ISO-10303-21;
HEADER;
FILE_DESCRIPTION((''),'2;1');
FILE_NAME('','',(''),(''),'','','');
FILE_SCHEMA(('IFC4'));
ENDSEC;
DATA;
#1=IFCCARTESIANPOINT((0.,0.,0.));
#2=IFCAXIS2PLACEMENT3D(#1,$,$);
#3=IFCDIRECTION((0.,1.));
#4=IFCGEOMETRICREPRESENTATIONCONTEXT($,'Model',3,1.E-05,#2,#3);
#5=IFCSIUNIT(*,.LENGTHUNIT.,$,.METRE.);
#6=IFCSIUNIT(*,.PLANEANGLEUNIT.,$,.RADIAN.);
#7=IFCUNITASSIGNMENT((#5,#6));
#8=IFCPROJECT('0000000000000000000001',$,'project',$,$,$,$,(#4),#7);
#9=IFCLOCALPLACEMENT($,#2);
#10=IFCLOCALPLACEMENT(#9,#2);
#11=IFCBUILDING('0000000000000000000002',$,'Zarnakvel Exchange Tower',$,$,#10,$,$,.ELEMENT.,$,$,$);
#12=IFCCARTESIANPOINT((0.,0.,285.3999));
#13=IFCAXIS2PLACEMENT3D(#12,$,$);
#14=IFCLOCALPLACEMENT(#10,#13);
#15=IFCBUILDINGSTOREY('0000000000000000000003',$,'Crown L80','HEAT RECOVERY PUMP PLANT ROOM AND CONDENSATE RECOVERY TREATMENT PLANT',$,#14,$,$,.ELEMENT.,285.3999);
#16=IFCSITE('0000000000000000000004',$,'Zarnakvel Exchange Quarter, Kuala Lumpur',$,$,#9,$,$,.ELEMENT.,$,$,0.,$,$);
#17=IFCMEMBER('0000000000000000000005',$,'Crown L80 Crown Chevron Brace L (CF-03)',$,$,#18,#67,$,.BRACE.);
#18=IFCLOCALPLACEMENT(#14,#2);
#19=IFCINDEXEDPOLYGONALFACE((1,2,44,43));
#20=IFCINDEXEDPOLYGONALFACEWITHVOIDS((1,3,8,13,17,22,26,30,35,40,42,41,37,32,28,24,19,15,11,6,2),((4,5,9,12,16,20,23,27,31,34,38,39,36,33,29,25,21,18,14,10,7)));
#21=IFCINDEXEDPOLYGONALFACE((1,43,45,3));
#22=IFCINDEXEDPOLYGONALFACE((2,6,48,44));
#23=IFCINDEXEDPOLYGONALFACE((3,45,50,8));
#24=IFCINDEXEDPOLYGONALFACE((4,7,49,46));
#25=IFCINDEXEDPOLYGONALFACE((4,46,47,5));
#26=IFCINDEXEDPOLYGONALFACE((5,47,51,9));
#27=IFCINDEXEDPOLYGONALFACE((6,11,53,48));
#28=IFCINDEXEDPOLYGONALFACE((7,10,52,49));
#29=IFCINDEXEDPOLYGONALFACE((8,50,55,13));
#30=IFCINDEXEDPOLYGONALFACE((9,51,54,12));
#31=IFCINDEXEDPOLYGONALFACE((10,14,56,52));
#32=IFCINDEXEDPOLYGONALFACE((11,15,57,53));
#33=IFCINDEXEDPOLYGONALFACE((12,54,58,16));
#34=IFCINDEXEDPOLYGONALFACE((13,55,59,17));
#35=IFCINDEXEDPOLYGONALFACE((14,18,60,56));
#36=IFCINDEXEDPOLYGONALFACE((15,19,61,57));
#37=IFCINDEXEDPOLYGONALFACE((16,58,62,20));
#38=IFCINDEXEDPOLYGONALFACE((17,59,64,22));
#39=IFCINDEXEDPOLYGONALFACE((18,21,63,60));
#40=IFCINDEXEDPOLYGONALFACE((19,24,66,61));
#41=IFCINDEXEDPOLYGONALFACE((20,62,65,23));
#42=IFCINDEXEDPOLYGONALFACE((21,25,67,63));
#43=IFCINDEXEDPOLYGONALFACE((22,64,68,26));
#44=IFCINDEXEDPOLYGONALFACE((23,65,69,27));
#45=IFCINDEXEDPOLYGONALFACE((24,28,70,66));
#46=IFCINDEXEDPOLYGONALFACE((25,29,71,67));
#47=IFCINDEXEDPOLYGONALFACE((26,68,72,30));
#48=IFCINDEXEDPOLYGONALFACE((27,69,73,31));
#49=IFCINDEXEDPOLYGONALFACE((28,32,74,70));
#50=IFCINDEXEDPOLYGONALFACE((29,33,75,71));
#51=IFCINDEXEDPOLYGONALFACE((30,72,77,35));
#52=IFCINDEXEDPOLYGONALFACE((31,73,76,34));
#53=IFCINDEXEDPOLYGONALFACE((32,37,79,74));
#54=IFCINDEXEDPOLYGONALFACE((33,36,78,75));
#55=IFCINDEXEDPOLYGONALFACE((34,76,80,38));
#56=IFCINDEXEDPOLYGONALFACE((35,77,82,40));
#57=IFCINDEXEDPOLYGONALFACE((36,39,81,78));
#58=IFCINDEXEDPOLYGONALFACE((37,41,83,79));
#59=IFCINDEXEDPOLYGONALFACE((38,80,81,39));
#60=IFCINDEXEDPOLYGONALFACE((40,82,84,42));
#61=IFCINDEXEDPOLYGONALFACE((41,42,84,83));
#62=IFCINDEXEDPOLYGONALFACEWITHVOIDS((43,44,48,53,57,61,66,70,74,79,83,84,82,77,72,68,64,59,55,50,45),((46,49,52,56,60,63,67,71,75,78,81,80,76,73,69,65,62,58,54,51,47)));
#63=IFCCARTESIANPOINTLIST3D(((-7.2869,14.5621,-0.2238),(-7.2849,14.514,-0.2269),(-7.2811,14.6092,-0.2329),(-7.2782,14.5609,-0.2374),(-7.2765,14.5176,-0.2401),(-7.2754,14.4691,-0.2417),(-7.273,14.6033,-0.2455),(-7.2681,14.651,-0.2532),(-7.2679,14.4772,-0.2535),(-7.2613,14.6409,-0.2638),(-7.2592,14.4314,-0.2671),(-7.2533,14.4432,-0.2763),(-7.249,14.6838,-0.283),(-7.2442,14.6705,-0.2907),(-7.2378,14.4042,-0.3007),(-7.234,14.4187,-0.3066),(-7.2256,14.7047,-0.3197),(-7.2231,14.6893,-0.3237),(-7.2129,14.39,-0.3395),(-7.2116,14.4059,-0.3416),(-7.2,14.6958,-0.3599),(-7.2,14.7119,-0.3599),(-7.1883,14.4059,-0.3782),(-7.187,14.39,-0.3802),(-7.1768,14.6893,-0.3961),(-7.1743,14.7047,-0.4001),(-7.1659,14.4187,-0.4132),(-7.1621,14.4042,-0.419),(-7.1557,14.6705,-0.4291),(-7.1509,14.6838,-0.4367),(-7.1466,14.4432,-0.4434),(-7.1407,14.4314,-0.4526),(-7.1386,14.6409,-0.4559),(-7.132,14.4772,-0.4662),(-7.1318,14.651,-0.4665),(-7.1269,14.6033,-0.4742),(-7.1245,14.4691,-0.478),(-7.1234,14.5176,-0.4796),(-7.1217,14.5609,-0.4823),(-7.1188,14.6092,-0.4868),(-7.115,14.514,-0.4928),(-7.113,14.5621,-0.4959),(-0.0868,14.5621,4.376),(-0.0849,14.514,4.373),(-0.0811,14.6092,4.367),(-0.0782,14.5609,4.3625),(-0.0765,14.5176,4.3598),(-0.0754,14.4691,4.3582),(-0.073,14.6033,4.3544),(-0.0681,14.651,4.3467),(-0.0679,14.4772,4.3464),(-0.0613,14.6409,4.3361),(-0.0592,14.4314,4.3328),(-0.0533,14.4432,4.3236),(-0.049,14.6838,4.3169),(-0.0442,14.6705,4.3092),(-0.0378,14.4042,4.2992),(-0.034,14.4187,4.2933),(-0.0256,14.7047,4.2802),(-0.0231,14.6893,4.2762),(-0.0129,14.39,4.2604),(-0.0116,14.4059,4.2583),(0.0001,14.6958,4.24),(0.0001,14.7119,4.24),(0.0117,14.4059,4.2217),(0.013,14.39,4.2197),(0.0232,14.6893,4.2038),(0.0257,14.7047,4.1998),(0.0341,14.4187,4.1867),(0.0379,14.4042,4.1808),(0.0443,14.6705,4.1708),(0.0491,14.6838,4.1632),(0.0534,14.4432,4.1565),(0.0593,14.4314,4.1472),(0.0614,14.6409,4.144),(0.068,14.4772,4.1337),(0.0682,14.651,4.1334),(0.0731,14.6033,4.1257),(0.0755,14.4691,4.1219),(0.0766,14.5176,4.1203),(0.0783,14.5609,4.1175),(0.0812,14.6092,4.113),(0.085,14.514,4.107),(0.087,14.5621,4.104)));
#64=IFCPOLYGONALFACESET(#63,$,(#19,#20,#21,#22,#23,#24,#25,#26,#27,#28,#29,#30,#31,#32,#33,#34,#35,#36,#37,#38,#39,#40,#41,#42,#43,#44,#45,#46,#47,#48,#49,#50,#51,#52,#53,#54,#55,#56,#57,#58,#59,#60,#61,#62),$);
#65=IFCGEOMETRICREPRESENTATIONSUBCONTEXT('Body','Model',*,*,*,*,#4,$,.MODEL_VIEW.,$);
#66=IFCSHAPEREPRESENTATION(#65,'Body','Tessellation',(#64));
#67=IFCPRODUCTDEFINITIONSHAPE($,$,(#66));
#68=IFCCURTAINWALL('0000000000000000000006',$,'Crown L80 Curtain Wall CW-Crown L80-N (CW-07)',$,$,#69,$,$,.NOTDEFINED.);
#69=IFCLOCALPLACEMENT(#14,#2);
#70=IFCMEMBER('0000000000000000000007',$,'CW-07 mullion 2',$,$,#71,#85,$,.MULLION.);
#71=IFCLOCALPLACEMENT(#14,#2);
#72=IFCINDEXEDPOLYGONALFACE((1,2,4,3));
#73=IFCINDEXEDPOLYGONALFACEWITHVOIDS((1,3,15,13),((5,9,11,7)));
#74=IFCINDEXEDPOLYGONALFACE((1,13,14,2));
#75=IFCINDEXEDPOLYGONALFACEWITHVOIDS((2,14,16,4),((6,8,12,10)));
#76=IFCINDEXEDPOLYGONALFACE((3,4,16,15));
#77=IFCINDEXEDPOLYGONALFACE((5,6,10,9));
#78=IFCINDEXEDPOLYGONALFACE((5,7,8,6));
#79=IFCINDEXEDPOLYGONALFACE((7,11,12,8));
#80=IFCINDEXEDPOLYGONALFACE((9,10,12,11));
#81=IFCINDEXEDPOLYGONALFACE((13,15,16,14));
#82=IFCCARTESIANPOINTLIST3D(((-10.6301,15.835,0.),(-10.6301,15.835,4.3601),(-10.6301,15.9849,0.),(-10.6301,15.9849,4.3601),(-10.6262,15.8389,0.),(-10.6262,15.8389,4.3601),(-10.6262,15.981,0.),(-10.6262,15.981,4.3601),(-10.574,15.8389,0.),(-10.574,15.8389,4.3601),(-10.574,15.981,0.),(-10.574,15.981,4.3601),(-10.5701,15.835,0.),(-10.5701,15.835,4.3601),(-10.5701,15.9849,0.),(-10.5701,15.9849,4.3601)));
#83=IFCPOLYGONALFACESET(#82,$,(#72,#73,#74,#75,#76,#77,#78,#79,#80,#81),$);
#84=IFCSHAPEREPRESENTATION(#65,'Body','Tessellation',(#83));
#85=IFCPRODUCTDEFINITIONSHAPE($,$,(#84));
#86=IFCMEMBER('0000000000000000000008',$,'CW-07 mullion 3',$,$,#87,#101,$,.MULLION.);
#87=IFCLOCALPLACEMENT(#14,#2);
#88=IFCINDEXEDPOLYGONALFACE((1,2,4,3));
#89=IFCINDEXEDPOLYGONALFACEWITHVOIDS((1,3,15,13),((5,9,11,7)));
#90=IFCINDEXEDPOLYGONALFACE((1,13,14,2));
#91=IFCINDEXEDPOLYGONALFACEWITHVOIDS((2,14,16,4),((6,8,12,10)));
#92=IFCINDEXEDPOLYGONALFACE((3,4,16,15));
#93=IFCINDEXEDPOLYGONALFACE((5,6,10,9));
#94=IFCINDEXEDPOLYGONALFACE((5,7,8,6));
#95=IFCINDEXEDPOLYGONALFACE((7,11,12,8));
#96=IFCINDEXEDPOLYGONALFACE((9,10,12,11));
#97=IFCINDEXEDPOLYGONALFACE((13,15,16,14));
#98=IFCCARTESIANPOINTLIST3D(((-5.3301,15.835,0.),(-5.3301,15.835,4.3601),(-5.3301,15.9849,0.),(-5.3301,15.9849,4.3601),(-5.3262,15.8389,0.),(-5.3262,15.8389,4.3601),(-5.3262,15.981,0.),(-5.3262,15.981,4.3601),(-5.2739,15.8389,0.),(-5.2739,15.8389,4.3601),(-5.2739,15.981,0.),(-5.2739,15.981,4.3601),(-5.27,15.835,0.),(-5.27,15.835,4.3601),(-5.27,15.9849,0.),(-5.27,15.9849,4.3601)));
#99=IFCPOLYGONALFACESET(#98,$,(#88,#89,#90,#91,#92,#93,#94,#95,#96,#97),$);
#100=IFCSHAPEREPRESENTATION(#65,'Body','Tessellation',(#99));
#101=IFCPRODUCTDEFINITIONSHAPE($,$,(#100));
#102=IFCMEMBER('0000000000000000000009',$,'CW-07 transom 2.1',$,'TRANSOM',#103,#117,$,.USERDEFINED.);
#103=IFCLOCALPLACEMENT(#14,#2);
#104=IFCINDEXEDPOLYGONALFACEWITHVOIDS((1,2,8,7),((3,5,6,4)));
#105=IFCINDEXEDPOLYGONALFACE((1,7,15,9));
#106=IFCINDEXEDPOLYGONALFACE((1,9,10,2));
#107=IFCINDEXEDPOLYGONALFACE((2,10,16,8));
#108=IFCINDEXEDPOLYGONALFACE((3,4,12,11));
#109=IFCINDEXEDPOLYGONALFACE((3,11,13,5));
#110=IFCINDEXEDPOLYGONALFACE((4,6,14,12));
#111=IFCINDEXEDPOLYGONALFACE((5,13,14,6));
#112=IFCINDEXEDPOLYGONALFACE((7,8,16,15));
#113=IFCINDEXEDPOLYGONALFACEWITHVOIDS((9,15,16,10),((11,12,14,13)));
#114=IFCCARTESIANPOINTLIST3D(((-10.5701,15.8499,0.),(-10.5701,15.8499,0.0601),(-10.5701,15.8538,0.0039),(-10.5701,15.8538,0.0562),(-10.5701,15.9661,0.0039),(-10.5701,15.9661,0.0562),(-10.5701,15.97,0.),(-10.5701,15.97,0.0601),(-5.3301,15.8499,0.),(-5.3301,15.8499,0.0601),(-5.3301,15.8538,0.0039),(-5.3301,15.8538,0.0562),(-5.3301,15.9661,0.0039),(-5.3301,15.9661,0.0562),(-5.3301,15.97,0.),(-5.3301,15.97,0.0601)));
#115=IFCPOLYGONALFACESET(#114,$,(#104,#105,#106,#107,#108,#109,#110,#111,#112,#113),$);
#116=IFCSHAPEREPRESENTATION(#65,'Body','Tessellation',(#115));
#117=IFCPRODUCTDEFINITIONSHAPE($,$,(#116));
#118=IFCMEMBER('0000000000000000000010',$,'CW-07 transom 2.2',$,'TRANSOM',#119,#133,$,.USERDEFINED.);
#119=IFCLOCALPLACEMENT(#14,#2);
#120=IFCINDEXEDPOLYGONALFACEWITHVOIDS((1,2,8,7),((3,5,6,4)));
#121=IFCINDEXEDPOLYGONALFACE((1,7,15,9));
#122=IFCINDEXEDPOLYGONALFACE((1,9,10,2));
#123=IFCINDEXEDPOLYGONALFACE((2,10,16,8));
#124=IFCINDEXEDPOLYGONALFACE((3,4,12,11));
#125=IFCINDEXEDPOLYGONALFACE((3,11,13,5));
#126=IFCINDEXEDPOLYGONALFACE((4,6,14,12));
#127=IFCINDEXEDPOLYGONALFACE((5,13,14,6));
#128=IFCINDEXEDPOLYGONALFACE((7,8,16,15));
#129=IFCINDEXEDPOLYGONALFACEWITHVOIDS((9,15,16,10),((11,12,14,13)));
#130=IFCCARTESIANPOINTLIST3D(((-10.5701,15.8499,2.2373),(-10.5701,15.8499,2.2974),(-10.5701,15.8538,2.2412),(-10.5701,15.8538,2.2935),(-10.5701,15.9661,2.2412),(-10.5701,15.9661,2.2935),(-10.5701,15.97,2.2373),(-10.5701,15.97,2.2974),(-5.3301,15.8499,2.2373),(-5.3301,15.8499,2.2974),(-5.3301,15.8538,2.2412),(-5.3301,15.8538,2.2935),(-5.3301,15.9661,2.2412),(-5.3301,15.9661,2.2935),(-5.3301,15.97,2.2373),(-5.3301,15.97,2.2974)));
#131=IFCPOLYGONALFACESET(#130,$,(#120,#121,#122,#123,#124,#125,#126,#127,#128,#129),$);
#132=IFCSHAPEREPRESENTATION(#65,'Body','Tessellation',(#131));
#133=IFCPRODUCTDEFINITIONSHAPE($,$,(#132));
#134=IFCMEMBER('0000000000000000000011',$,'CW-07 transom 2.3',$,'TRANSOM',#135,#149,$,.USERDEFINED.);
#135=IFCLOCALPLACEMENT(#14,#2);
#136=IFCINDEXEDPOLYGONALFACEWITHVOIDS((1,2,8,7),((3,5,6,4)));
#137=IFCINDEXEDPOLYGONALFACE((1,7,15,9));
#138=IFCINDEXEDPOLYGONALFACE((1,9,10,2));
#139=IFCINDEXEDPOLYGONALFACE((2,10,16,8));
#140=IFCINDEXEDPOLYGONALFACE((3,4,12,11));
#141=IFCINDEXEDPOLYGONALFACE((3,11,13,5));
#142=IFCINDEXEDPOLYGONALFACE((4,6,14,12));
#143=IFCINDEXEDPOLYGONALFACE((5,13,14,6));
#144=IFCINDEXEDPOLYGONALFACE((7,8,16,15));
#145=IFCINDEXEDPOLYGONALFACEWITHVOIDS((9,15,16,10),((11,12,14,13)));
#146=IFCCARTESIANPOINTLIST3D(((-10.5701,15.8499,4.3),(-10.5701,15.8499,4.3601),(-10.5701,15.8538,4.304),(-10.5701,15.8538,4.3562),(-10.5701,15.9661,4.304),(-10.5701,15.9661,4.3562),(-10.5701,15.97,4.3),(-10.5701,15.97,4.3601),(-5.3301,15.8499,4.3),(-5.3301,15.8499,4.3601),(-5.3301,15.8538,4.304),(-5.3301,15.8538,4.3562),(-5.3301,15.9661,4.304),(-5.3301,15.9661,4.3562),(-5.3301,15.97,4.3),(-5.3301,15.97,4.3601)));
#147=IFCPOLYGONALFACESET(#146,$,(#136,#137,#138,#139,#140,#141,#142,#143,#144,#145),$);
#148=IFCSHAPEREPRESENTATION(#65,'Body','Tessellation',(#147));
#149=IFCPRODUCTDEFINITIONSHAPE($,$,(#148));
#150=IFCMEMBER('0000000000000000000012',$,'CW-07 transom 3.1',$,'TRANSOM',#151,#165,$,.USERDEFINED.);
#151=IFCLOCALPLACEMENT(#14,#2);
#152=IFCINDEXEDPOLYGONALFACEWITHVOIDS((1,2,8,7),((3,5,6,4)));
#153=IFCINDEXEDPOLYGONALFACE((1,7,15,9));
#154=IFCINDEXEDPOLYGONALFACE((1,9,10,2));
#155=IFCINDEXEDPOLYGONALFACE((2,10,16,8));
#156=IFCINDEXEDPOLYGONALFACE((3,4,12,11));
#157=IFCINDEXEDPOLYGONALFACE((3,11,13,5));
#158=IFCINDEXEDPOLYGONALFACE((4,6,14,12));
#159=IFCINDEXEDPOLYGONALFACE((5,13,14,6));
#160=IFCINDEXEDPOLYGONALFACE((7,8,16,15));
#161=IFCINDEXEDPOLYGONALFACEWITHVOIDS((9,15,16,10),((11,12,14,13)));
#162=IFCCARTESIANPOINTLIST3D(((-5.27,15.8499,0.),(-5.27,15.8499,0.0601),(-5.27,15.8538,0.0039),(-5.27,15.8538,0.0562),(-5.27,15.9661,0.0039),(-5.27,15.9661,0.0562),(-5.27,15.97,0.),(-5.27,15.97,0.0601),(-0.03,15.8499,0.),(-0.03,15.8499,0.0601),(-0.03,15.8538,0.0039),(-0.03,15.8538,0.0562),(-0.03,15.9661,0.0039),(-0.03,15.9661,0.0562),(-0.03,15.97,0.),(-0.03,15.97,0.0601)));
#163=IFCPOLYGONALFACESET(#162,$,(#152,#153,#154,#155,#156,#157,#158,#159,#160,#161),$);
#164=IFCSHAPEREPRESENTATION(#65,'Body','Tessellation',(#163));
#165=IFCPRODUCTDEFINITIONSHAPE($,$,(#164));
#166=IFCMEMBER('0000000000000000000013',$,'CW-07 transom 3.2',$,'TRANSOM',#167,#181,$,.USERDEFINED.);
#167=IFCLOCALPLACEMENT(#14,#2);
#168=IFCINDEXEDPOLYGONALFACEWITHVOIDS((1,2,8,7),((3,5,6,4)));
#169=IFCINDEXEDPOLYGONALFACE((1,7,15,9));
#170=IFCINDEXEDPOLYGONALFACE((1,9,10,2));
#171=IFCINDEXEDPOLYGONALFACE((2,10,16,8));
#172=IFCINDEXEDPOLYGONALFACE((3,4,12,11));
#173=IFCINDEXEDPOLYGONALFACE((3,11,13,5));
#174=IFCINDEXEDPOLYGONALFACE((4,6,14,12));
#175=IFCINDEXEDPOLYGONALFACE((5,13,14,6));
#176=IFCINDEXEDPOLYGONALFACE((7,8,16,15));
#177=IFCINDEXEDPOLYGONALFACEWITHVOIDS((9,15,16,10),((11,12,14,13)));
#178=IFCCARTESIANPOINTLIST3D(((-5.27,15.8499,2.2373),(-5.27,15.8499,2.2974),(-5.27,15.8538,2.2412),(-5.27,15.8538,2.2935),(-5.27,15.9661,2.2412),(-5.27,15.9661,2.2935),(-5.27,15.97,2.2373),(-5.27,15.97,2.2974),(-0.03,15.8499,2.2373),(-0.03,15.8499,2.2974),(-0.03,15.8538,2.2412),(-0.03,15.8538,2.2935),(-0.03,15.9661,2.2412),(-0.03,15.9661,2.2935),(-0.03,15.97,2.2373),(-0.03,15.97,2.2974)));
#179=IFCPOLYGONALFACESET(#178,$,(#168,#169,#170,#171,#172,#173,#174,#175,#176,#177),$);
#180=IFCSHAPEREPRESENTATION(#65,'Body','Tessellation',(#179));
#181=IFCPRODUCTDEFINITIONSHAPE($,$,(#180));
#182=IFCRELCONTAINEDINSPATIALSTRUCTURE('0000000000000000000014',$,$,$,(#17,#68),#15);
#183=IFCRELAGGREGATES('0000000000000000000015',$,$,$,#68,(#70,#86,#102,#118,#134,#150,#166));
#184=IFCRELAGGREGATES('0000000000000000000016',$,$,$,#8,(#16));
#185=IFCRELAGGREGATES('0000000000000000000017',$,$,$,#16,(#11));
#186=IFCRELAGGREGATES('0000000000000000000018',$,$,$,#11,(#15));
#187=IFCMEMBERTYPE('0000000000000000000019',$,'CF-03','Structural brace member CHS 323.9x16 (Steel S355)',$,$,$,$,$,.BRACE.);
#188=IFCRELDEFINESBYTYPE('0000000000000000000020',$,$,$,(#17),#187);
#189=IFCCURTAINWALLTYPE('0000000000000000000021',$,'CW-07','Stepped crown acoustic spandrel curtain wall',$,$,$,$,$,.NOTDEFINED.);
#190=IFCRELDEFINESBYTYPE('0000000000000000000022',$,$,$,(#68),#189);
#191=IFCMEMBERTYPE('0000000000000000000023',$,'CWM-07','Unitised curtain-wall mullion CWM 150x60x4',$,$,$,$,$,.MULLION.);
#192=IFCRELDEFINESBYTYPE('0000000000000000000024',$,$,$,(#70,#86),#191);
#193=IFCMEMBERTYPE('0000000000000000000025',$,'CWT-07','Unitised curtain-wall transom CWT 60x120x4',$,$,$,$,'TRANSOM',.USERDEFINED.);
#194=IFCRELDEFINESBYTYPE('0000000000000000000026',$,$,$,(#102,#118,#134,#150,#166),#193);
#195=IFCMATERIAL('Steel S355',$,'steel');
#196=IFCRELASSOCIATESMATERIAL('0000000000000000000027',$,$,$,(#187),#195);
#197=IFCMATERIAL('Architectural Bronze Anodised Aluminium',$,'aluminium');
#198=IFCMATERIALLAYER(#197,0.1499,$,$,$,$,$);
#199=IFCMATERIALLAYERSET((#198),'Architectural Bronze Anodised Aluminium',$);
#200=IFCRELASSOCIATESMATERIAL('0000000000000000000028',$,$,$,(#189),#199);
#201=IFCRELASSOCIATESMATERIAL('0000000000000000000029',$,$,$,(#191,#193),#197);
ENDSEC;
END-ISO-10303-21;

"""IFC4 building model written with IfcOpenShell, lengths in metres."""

from ifc_helpers import new_model, si_unit, direction, frame, origin, origin_2d, place, context, subcontext, project, spatial, hollow_rectangle, hollow_circle, extrude, source, transform, mapped, material, layer, layer_set, material_profile, profile_set, type_object, element, aggregate, save


model = new_model("IFC4")

# Units and contexts
model_context = context("Model", 3, precision=1e-05, world=origin(), true_north=direction((0.0, 1.0)))
body_context = subcontext(model_context, "Body", "Model", "MODEL_VIEW")
ifc_project = project(units=[si_unit("LENGTHUNIT", "METRE"), si_unit("PLANEANGLEUNIT", "RADIAN")], contexts=[model_context])

# Site, building, storey
site_placement = place(None, origin())
site = spatial("IfcSite", under=ifc_project, at=site_placement, Name="Zarnakvel Exchange Quarter, Kuala Lumpur", CompositionType="ELEMENT", RefElevation=0.0)
building_placement = place(site_placement, origin())
building = spatial("IfcBuilding", under=site, at=building_placement, Name="Zarnakvel Exchange Tower", CompositionType="ELEMENT")
storey_placement = place(building_placement, frame((0.0, 0.0, 285.3999)))
storey = spatial("IfcBuildingStorey", under=building, at=storey_placement, Name="Crown L80", Description="HEAT RECOVERY PUMP PLANT ROOM AND CONDENSATE RECOVERY TREATMENT PLANT", CompositionType="ELEMENT", Elevation=285.3999)

# Shared definitions
ifc_material_1 = material(Name="Steel S355", Category="steel")

# Member
ifc_material_profile_1 = material_profile(ifc_material_1, hollow_circle(Radius=0.1619, WallThickness=0.0161, at=origin_2d()))
ifc_profile_set_1 = profile_set([ifc_material_profile_1], Name="Steel S355")
member_type_1 = type_object("IfcMemberType", Name="CF-03", Description="Structural brace member CHS 323.9x16 (Steel S355)", PredefinedType="BRACE", material=ifc_profile_set_1)
shared_shape_1 = source(origin(), body_context, "Body", "SweptSolid", [
    extrude(hollow_circle(Radius=0.1619, WallThickness=0.0161, at=origin_2d()), origin(), (0.0, 0.0, 1.0), 8.5439),
])
member_1_placement = place(storey_placement, frame((-7.2, 14.55, -0.3599), z_axis=(0.842702, 0.0, 0.53838), x_axis=(0.0, 1.0, 0.0)))
element("IfcMember", 1, at=member_1_placement, inside=storey, type_object=member_type_1, Name="Crown L80 Crown Chevron Brace L (CF-03)", PredefinedType="BRACE", context=body_context, shape_type="MappedRepresentation", body=[
    mapped(shared_shape_1, transform((0.0, 0.0, 0.0), x_axis=(1.0, 0.0, 0.0), y_axis=(0.0, 1.0, 0.0), z_axis=(0.0, 0.0, 1.0), scale=1.0)),
])

# Curtain wall, members
ifc_material_2 = material(Name="Architectural Bronze Anodised Aluminium", Category="aluminium")
ifc_layer_1 = layer(ifc_material_2, 0.1499)
ifc_layer_set_1 = layer_set([ifc_layer_1], Name="Architectural Bronze Anodised Aluminium")
curtain_wall_type = type_object("IfcCurtainWallType", Name="CW-07", Description="Stepped crown acoustic spandrel curtain wall", PredefinedType="NOTDEFINED", material=ifc_layer_set_1)
curtain_wall_placement = place(storey_placement, origin())
curtain_wall = element("IfcCurtainWall", 2, at=curtain_wall_placement, inside=storey, type_object=curtain_wall_type, Name="Crown L80 Curtain Wall CW-Crown L80-N (CW-07)", PredefinedType="NOTDEFINED")
ifc_material_profile_2 = material_profile(ifc_material_2, hollow_rectangle(XDim=0.1499, YDim=0.0601, WallThickness=0.0039, at=origin_2d()))
ifc_profile_set_2 = profile_set([ifc_material_profile_2], Name="Architectural Bronze Anodised Aluminium")
member_type_2 = type_object("IfcMemberType", Name="CWM-07", Description="Unitised curtain-wall mullion CWM 150x60x4", PredefinedType="MULLION", material=ifc_profile_set_2)
shared_shape_2 = source(origin(), body_context, "Body", "SweptSolid", [
    extrude(hollow_rectangle(XDim=0.1499, YDim=0.0601, WallThickness=0.0039, at=origin_2d()), origin(), (0.0, 0.0, 1.0), 4.3601),
])
member_2_placement = place(storey_placement, frame((-10.6001, 15.9099, 0.0), z_axis=(0.0, 0.0, 1.0), x_axis=(0.0, 1.0, 0.0)))
member_2 = element("IfcMember", 3, at=member_2_placement, type_object=member_type_2, Name="CW-07 mullion 2", PredefinedType="MULLION", context=body_context, shape_type="MappedRepresentation", body=[
    mapped(shared_shape_2, transform((0.0, 0.0, 0.0), x_axis=(1.0, 0.0, 0.0), y_axis=(0.0, 1.0, 0.0), z_axis=(0.0, 0.0, 1.0), scale=1.0)),
])
member_3_placement = place(storey_placement, frame((-5.3, 15.9099, 0.0), z_axis=(0.0, 0.0, 1.0), x_axis=(0.0, 1.0, 0.0)))
member_3 = element("IfcMember", 4, at=member_3_placement, type_object=member_type_2, Name="CW-07 mullion 3", PredefinedType="MULLION", context=body_context, shape_type="MappedRepresentation", body=[
    mapped(shared_shape_2, transform((0.0, 0.0, 0.0), x_axis=(1.0, 0.0, 0.0), y_axis=(0.0, 1.0, 0.0), z_axis=(0.0, 0.0, 1.0), scale=1.0)),
])
ifc_material_profile_3 = material_profile(ifc_material_2, hollow_rectangle(XDim=0.1201, YDim=0.0601, WallThickness=0.0039, at=origin_2d()))
ifc_profile_set_3 = profile_set([ifc_material_profile_3], Name="Architectural Bronze Anodised Aluminium")
member_type_3 = type_object("IfcMemberType", Name="CWT-07", Description="Unitised curtain-wall transom CWT 60x120x4", ElementType="TRANSOM", PredefinedType="USERDEFINED", material=ifc_profile_set_3)
shared_shape_3 = source(origin(), body_context, "Body", "SweptSolid", [
    extrude(hollow_rectangle(XDim=0.1201, YDim=0.0601, WallThickness=0.0039, at=origin_2d()), origin(), (0.0, 0.0, 1.0), 5.24),
])
member_4_placement = place(storey_placement, frame((-10.5701, 15.9099, 0.03), z_axis=(1.0, 0.0, 0.0), x_axis=(0.0, 1.0, 0.0)))
member_4 = element("IfcMember", 5, at=member_4_placement, type_object=member_type_3, Name="CW-07 transom 2.1", ObjectType="TRANSOM", PredefinedType="USERDEFINED", context=body_context, shape_type="MappedRepresentation", body=[
    mapped(shared_shape_3, transform((0.0, 0.0, 0.0), x_axis=(1.0, 0.0, 0.0), y_axis=(0.0, 1.0, 0.0), z_axis=(0.0, 0.0, 1.0), scale=1.0)),
])
member_5_placement = place(storey_placement, frame((-10.5701, 15.9099, 2.2673), z_axis=(1.0, 0.0, 0.0), x_axis=(0.0, 1.0, 0.0)))
member_5 = element("IfcMember", 6, at=member_5_placement, type_object=member_type_3, Name="CW-07 transom 2.2", ObjectType="TRANSOM", PredefinedType="USERDEFINED", context=body_context, shape_type="MappedRepresentation", body=[
    mapped(shared_shape_3, transform((0.0, 0.0, 0.0), x_axis=(1.0, 0.0, 0.0), y_axis=(0.0, 1.0, 0.0), z_axis=(0.0, 0.0, 1.0), scale=1.0)),
])
member_6_placement = place(storey_placement, frame((-10.5701, 15.9099, 4.3301), z_axis=(1.0, 0.0, 0.0), x_axis=(0.0, 1.0, 0.0)))
member_6 = element("IfcMember", 7, at=member_6_placement, type_object=member_type_3, Name="CW-07 transom 2.3", ObjectType="TRANSOM", PredefinedType="USERDEFINED", context=body_context, shape_type="MappedRepresentation", body=[
    mapped(shared_shape_3, transform((0.0, 0.0, 0.0), x_axis=(1.0, 0.0, 0.0), y_axis=(0.0, 1.0, 0.0), z_axis=(0.0, 0.0, 1.0), scale=1.0)),
])
member_7_placement = place(storey_placement, frame((-5.27, 15.9099, 0.03), z_axis=(1.0, 0.0, 0.0), x_axis=(0.0, 1.0, 0.0)))
member_7 = element("IfcMember", 8, at=member_7_placement, type_object=member_type_3, Name="CW-07 transom 3.1", ObjectType="TRANSOM", PredefinedType="USERDEFINED", context=body_context, shape_type="MappedRepresentation", body=[
    mapped(shared_shape_3, transform((0.0, 0.0, 0.0), x_axis=(1.0, 0.0, 0.0), y_axis=(0.0, 1.0, 0.0), z_axis=(0.0, 0.0, 1.0), scale=1.0)),
])
member_8_placement = place(storey_placement, frame((-5.27, 15.9099, 2.2673), z_axis=(1.0, 0.0, 0.0), x_axis=(0.0, 1.0, 0.0)))
member_8 = element("IfcMember", 9, at=member_8_placement, type_object=member_type_3, Name="CW-07 transom 3.2", ObjectType="TRANSOM", PredefinedType="USERDEFINED", context=body_context, shape_type="MappedRepresentation", body=[
    mapped(shared_shape_3, transform((0.0, 0.0, 0.0), x_axis=(1.0, 0.0, 0.0), y_axis=(0.0, 1.0, 0.0), z_axis=(0.0, 0.0, 1.0), scale=1.0)),
])

aggregate(curtain_wall, [member_2, member_3, member_4, member_5, member_6, member_7, member_8])

save(model, "model.ifc")
